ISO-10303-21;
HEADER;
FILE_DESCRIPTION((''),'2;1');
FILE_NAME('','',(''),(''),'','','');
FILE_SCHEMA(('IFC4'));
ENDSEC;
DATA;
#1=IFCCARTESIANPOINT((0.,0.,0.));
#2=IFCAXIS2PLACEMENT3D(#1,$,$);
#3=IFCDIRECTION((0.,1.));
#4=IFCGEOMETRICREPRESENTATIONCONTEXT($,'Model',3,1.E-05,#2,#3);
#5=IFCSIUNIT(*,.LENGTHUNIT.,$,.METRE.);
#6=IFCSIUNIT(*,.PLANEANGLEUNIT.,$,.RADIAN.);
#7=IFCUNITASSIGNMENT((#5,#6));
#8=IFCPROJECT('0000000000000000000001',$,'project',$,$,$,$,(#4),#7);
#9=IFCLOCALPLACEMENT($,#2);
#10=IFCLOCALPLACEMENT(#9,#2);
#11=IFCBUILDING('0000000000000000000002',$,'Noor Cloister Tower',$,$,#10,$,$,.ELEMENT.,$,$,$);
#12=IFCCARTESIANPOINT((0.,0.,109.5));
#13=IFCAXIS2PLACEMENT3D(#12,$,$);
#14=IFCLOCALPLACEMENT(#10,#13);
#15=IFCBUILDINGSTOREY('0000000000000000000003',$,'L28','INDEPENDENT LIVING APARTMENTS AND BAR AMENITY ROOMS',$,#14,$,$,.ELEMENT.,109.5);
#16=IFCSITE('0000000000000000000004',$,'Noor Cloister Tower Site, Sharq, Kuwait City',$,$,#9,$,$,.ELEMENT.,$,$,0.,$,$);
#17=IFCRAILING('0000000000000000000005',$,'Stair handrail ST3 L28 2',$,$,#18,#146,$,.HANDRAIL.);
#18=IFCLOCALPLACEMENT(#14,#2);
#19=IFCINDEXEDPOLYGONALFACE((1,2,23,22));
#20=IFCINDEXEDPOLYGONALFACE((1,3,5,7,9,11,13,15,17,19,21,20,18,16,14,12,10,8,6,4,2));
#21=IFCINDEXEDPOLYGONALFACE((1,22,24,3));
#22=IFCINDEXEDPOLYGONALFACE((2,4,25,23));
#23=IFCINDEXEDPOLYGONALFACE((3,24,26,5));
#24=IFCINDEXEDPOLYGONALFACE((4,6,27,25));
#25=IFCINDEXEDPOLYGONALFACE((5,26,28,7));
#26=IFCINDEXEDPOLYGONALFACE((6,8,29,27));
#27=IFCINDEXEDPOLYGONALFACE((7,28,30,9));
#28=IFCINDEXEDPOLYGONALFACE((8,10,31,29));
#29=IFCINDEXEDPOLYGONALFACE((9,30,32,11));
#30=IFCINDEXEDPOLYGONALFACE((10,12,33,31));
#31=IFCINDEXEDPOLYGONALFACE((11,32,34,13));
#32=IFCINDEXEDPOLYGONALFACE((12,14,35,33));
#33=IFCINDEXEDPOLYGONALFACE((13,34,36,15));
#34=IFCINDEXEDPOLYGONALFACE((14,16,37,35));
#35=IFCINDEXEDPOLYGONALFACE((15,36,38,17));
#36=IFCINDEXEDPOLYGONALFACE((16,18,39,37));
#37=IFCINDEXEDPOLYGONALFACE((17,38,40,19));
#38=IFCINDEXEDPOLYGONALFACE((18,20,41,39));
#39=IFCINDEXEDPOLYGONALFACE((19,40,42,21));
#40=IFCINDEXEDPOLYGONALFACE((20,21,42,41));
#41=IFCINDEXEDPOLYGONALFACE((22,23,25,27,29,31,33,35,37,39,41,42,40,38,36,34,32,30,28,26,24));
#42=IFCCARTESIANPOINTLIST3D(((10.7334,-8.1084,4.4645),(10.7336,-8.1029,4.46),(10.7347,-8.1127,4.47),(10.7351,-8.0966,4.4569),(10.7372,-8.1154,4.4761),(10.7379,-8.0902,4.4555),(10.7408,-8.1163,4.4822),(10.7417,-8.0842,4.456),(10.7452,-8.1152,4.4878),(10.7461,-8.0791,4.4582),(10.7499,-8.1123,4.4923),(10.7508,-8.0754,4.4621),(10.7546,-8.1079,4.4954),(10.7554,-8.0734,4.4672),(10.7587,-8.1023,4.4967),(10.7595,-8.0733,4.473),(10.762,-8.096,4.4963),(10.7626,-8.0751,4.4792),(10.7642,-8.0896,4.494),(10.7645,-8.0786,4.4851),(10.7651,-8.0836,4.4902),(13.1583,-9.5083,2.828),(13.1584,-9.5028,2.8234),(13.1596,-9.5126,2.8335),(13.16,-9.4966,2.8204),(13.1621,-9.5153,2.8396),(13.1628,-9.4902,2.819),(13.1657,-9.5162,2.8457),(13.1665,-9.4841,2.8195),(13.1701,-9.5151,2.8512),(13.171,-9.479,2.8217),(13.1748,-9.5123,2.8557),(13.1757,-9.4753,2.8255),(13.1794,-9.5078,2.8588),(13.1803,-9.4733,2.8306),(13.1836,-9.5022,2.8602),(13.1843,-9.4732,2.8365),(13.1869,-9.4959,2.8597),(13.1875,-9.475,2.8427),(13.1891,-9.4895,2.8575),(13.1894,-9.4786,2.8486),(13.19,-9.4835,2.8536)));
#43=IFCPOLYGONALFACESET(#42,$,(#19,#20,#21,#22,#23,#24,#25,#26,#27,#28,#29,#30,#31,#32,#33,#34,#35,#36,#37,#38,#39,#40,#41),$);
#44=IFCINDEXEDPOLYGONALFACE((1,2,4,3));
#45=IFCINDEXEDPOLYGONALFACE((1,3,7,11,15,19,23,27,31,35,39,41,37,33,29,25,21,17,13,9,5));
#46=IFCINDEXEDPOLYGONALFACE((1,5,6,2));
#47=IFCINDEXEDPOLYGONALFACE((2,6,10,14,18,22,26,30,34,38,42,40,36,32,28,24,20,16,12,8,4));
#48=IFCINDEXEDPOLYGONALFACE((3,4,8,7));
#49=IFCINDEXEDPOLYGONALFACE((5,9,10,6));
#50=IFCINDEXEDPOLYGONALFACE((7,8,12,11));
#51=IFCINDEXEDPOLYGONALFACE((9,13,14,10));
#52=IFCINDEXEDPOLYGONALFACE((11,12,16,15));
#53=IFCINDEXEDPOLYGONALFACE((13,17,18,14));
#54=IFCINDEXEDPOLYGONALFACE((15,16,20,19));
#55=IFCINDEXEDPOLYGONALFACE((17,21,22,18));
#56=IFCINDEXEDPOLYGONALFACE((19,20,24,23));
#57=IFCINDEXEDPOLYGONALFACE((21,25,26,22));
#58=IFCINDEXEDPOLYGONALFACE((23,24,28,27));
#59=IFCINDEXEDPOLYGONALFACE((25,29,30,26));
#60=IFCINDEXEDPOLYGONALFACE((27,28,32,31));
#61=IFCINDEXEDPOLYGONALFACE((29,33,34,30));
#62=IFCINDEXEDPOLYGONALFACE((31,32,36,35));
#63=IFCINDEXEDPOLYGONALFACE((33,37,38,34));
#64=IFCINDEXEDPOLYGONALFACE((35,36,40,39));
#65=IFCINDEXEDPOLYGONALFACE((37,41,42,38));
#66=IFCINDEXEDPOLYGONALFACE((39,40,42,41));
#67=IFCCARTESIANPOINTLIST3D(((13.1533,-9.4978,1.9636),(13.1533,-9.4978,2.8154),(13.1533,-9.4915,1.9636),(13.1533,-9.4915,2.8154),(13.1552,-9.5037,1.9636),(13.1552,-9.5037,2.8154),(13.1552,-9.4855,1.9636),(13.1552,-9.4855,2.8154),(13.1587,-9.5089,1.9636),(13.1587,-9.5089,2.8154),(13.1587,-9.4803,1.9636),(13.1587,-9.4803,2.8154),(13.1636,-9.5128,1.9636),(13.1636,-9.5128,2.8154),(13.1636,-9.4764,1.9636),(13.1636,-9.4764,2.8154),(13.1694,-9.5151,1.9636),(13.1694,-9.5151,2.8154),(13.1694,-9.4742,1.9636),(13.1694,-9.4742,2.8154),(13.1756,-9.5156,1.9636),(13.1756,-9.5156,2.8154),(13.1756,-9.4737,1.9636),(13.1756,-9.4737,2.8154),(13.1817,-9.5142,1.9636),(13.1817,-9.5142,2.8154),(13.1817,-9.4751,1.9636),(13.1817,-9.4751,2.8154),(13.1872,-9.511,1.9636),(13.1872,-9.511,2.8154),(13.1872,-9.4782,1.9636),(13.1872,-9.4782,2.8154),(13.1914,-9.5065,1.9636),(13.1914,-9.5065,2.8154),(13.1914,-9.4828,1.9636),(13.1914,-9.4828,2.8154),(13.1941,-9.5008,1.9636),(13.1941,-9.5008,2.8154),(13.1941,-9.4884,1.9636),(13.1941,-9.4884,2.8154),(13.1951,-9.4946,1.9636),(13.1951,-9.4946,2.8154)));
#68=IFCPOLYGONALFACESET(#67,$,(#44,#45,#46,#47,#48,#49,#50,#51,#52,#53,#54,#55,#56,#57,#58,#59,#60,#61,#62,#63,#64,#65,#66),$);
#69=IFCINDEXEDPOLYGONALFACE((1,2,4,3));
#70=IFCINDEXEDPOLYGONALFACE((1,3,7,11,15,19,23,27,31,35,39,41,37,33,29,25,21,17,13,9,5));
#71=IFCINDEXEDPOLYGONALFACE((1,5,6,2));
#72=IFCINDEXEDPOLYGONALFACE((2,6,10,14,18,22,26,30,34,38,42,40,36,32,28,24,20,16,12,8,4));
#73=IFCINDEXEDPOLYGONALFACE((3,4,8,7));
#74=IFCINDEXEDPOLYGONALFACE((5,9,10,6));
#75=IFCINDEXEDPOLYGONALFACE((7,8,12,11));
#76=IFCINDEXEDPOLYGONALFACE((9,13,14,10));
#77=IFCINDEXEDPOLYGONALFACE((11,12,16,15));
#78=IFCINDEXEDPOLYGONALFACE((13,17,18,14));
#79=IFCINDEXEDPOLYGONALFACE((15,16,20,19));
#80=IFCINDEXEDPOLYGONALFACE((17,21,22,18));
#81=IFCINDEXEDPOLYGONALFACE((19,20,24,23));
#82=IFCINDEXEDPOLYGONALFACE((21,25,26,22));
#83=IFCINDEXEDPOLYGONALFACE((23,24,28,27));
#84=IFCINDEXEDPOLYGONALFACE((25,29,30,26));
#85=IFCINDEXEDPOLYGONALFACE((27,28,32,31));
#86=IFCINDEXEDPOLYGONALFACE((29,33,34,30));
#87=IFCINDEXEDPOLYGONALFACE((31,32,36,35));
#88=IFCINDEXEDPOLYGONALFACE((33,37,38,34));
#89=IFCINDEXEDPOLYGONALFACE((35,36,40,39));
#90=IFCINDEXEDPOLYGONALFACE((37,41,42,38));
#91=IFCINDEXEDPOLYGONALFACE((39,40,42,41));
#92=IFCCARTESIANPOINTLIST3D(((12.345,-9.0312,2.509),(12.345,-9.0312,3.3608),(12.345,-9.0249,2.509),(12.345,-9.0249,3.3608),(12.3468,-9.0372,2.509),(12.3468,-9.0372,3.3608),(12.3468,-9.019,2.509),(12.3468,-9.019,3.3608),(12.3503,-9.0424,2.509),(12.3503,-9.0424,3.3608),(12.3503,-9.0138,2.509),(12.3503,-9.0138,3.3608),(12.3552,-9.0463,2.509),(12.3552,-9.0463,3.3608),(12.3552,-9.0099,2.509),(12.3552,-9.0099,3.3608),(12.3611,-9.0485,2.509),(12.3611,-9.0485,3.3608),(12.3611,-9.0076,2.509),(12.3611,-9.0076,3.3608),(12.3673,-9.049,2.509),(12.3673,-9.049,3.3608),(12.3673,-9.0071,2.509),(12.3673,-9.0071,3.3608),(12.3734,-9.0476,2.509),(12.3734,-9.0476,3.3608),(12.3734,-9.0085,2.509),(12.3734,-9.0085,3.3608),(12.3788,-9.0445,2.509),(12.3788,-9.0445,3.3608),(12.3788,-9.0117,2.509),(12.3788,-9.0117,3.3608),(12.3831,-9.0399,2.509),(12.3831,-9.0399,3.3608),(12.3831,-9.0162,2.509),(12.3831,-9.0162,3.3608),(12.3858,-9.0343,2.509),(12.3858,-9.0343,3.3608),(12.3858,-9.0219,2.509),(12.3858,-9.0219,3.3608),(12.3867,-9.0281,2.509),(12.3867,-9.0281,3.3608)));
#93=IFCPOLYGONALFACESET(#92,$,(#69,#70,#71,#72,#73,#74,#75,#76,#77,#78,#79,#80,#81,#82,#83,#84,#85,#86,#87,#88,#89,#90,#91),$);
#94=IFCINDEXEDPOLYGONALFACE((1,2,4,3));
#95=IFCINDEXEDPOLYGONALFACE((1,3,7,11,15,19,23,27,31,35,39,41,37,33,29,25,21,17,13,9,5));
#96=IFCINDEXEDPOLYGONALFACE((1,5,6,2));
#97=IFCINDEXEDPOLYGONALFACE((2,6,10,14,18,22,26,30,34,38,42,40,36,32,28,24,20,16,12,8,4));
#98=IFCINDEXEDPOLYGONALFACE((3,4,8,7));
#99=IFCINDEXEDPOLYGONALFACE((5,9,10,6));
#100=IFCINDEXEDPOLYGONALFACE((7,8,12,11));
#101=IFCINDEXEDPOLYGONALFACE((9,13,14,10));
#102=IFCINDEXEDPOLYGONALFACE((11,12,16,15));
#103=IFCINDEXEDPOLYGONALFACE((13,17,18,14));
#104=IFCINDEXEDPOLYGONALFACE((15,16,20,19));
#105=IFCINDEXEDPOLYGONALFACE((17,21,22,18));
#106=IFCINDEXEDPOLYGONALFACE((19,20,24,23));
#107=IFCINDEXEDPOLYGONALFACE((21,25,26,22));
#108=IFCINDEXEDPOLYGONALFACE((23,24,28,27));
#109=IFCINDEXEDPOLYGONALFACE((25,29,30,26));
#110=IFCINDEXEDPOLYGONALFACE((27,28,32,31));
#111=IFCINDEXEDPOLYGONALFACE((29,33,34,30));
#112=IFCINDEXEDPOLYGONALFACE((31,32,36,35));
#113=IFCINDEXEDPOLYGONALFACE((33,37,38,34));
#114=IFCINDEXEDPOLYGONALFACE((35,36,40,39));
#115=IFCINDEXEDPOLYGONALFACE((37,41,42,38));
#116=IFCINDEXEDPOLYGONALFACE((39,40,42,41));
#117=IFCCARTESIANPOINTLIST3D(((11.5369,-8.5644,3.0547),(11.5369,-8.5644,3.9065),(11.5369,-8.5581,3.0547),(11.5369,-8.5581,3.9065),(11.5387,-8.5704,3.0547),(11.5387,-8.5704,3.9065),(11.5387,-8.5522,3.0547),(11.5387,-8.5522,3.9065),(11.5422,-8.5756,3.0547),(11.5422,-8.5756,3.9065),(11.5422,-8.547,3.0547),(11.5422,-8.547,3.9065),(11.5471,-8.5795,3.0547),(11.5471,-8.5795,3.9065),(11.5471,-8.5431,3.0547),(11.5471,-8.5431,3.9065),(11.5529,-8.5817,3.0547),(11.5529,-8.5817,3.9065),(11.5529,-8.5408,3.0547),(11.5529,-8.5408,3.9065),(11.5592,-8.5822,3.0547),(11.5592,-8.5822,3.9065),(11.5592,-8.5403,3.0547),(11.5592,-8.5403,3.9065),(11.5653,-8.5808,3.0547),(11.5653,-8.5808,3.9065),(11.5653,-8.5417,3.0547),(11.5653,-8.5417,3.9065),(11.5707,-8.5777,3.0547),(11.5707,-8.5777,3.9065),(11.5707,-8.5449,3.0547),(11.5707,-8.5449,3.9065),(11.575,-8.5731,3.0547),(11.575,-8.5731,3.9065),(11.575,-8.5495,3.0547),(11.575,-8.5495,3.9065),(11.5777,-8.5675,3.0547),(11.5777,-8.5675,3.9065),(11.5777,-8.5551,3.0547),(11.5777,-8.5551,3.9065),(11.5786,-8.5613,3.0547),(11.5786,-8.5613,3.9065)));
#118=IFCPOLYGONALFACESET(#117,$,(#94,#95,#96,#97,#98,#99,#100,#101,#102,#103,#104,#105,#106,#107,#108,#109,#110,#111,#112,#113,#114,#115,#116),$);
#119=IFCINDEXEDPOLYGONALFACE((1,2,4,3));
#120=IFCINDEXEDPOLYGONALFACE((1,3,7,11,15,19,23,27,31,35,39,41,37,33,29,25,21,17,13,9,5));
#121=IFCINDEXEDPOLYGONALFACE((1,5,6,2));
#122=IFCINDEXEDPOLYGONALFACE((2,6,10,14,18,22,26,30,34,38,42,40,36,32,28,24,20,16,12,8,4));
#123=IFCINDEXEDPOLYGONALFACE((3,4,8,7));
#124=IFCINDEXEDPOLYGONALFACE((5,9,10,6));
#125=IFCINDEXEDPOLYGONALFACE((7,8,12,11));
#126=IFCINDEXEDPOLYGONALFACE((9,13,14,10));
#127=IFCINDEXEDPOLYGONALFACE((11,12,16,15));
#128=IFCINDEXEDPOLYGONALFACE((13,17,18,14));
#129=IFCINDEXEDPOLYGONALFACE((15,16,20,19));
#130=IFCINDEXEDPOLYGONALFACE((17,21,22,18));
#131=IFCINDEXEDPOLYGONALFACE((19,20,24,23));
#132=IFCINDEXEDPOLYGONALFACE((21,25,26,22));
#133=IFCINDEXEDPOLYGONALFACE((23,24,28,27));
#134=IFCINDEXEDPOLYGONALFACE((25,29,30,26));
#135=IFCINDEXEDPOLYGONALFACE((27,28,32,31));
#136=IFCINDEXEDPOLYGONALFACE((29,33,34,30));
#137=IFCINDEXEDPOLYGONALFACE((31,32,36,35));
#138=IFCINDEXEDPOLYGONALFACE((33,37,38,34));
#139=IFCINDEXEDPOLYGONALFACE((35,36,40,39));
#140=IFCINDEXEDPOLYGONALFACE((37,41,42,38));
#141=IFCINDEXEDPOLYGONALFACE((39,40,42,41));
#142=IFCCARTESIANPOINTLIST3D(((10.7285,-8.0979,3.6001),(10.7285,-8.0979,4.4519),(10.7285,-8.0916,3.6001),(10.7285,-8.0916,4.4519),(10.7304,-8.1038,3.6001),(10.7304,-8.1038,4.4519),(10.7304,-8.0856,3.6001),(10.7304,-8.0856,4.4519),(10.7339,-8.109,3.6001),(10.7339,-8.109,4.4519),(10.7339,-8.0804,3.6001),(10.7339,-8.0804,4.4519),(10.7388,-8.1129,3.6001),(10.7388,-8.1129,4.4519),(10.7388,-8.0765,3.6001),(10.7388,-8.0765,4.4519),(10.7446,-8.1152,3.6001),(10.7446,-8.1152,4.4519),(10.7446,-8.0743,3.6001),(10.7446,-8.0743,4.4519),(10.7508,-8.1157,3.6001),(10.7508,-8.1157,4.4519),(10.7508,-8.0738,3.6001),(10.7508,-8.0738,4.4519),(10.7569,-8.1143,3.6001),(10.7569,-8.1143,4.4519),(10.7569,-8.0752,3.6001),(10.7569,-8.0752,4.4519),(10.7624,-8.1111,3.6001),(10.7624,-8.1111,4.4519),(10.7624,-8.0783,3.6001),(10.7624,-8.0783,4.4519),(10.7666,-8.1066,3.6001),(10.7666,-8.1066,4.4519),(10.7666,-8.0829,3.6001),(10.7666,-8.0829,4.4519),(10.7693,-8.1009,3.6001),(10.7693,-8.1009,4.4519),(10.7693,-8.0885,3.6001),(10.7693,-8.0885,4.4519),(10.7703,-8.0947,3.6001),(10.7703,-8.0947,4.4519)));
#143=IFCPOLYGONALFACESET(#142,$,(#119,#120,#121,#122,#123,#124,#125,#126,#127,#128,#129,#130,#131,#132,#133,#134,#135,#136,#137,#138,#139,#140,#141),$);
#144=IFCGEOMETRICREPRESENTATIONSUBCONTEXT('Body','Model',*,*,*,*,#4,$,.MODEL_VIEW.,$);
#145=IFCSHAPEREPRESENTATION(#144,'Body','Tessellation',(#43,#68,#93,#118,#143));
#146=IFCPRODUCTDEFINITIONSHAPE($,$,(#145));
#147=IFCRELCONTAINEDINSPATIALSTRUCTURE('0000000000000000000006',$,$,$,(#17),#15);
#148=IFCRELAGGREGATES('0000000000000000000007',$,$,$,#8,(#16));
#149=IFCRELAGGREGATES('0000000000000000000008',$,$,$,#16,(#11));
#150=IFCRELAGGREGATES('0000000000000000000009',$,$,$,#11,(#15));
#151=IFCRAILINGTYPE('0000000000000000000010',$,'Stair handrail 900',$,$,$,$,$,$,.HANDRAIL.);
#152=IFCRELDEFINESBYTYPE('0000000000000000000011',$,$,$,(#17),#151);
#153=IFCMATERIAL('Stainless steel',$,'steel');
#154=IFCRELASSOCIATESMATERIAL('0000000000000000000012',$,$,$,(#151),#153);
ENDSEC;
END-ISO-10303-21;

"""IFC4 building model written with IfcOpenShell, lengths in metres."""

from ifc_helpers import new_model, si_unit, direction, frame, origin, origin_2d, place, context, subcontext, project, spatial, circle, extrude, material, type_object, element, save


model = new_model("IFC4")

# Units and contexts
model_context = context("Model", 3, precision=1e-05, world=origin(), true_north=direction((0.0, 1.0)))
body_context = subcontext(model_context, "Body", "Model", "MODEL_VIEW")
ifc_project = project(units=[si_unit("LENGTHUNIT", "METRE"), si_unit("PLANEANGLEUNIT", "RADIAN")], contexts=[model_context])

# Site, building, storey
site_placement = place(None, origin())
site = spatial("IfcSite", under=ifc_project, at=site_placement, Name="Noor Cloister Tower Site, Sharq, Kuwait City", CompositionType="ELEMENT", RefElevation=0.0)
building_placement = place(site_placement, origin())
building = spatial("IfcBuilding", under=site, at=building_placement, Name="Noor Cloister Tower", CompositionType="ELEMENT")
storey_placement = place(building_placement, frame((0.0, 0.0, 109.5)))
storey = spatial("IfcBuildingStorey", under=building, at=storey_placement, Name="L28", Description="INDEPENDENT LIVING APARTMENTS AND BAR AMENITY ROOMS", CompositionType="ELEMENT", Elevation=109.5)

# Railing
ifc_material_1 = material(Name="Stainless steel", Category="steel")
railing_type_1 = type_object("IfcRailingType", Name="Stair handrail 900", PredefinedType="HANDRAIL", material=ifc_material_1)
railing_1_placement = place(storey_placement, frame((13.1741, -9.4946, 1.9636)))
element("IfcRailing", 1, at=railing_1_placement, inside=storey, type_object=railing_type_1, Name="Stair handrail ST3 L28 2", PredefinedType="HANDRAIL", context=body_context, shape_type="SweptSolid", body=[
    extrude(circle(Radius=0.0239, at=origin_2d()), frame((0.0, 0.0, 0.876), z_axis=(-0.74769, 0.431661, 0.504608), x_axis=(-0.499984, -0.866035, 0.0)), (0.0, 0.0, 1.0), 3.2432),
    extrude(circle(Radius=0.021, at=origin_2d()), origin(), (0.0, 0.0, 1.0), 0.8518),
    extrude(circle(Radius=0.021, at=origin_2d()), frame((-0.8083, 0.4666, 0.5454)), (0.0, 0.0, 1.0), 0.8518),
    extrude(circle(Radius=0.021, at=origin_2d()), frame((-1.6165, 0.9333, 1.0911)), (0.0, 0.0, 1.0), 0.8518),
    extrude(circle(Radius=0.021, at=origin_2d()), frame((-2.4248, 1.3999, 1.6365)), (0.0, 0.0, 1.0), 0.8518),
])

save(model, "model.ifc")
